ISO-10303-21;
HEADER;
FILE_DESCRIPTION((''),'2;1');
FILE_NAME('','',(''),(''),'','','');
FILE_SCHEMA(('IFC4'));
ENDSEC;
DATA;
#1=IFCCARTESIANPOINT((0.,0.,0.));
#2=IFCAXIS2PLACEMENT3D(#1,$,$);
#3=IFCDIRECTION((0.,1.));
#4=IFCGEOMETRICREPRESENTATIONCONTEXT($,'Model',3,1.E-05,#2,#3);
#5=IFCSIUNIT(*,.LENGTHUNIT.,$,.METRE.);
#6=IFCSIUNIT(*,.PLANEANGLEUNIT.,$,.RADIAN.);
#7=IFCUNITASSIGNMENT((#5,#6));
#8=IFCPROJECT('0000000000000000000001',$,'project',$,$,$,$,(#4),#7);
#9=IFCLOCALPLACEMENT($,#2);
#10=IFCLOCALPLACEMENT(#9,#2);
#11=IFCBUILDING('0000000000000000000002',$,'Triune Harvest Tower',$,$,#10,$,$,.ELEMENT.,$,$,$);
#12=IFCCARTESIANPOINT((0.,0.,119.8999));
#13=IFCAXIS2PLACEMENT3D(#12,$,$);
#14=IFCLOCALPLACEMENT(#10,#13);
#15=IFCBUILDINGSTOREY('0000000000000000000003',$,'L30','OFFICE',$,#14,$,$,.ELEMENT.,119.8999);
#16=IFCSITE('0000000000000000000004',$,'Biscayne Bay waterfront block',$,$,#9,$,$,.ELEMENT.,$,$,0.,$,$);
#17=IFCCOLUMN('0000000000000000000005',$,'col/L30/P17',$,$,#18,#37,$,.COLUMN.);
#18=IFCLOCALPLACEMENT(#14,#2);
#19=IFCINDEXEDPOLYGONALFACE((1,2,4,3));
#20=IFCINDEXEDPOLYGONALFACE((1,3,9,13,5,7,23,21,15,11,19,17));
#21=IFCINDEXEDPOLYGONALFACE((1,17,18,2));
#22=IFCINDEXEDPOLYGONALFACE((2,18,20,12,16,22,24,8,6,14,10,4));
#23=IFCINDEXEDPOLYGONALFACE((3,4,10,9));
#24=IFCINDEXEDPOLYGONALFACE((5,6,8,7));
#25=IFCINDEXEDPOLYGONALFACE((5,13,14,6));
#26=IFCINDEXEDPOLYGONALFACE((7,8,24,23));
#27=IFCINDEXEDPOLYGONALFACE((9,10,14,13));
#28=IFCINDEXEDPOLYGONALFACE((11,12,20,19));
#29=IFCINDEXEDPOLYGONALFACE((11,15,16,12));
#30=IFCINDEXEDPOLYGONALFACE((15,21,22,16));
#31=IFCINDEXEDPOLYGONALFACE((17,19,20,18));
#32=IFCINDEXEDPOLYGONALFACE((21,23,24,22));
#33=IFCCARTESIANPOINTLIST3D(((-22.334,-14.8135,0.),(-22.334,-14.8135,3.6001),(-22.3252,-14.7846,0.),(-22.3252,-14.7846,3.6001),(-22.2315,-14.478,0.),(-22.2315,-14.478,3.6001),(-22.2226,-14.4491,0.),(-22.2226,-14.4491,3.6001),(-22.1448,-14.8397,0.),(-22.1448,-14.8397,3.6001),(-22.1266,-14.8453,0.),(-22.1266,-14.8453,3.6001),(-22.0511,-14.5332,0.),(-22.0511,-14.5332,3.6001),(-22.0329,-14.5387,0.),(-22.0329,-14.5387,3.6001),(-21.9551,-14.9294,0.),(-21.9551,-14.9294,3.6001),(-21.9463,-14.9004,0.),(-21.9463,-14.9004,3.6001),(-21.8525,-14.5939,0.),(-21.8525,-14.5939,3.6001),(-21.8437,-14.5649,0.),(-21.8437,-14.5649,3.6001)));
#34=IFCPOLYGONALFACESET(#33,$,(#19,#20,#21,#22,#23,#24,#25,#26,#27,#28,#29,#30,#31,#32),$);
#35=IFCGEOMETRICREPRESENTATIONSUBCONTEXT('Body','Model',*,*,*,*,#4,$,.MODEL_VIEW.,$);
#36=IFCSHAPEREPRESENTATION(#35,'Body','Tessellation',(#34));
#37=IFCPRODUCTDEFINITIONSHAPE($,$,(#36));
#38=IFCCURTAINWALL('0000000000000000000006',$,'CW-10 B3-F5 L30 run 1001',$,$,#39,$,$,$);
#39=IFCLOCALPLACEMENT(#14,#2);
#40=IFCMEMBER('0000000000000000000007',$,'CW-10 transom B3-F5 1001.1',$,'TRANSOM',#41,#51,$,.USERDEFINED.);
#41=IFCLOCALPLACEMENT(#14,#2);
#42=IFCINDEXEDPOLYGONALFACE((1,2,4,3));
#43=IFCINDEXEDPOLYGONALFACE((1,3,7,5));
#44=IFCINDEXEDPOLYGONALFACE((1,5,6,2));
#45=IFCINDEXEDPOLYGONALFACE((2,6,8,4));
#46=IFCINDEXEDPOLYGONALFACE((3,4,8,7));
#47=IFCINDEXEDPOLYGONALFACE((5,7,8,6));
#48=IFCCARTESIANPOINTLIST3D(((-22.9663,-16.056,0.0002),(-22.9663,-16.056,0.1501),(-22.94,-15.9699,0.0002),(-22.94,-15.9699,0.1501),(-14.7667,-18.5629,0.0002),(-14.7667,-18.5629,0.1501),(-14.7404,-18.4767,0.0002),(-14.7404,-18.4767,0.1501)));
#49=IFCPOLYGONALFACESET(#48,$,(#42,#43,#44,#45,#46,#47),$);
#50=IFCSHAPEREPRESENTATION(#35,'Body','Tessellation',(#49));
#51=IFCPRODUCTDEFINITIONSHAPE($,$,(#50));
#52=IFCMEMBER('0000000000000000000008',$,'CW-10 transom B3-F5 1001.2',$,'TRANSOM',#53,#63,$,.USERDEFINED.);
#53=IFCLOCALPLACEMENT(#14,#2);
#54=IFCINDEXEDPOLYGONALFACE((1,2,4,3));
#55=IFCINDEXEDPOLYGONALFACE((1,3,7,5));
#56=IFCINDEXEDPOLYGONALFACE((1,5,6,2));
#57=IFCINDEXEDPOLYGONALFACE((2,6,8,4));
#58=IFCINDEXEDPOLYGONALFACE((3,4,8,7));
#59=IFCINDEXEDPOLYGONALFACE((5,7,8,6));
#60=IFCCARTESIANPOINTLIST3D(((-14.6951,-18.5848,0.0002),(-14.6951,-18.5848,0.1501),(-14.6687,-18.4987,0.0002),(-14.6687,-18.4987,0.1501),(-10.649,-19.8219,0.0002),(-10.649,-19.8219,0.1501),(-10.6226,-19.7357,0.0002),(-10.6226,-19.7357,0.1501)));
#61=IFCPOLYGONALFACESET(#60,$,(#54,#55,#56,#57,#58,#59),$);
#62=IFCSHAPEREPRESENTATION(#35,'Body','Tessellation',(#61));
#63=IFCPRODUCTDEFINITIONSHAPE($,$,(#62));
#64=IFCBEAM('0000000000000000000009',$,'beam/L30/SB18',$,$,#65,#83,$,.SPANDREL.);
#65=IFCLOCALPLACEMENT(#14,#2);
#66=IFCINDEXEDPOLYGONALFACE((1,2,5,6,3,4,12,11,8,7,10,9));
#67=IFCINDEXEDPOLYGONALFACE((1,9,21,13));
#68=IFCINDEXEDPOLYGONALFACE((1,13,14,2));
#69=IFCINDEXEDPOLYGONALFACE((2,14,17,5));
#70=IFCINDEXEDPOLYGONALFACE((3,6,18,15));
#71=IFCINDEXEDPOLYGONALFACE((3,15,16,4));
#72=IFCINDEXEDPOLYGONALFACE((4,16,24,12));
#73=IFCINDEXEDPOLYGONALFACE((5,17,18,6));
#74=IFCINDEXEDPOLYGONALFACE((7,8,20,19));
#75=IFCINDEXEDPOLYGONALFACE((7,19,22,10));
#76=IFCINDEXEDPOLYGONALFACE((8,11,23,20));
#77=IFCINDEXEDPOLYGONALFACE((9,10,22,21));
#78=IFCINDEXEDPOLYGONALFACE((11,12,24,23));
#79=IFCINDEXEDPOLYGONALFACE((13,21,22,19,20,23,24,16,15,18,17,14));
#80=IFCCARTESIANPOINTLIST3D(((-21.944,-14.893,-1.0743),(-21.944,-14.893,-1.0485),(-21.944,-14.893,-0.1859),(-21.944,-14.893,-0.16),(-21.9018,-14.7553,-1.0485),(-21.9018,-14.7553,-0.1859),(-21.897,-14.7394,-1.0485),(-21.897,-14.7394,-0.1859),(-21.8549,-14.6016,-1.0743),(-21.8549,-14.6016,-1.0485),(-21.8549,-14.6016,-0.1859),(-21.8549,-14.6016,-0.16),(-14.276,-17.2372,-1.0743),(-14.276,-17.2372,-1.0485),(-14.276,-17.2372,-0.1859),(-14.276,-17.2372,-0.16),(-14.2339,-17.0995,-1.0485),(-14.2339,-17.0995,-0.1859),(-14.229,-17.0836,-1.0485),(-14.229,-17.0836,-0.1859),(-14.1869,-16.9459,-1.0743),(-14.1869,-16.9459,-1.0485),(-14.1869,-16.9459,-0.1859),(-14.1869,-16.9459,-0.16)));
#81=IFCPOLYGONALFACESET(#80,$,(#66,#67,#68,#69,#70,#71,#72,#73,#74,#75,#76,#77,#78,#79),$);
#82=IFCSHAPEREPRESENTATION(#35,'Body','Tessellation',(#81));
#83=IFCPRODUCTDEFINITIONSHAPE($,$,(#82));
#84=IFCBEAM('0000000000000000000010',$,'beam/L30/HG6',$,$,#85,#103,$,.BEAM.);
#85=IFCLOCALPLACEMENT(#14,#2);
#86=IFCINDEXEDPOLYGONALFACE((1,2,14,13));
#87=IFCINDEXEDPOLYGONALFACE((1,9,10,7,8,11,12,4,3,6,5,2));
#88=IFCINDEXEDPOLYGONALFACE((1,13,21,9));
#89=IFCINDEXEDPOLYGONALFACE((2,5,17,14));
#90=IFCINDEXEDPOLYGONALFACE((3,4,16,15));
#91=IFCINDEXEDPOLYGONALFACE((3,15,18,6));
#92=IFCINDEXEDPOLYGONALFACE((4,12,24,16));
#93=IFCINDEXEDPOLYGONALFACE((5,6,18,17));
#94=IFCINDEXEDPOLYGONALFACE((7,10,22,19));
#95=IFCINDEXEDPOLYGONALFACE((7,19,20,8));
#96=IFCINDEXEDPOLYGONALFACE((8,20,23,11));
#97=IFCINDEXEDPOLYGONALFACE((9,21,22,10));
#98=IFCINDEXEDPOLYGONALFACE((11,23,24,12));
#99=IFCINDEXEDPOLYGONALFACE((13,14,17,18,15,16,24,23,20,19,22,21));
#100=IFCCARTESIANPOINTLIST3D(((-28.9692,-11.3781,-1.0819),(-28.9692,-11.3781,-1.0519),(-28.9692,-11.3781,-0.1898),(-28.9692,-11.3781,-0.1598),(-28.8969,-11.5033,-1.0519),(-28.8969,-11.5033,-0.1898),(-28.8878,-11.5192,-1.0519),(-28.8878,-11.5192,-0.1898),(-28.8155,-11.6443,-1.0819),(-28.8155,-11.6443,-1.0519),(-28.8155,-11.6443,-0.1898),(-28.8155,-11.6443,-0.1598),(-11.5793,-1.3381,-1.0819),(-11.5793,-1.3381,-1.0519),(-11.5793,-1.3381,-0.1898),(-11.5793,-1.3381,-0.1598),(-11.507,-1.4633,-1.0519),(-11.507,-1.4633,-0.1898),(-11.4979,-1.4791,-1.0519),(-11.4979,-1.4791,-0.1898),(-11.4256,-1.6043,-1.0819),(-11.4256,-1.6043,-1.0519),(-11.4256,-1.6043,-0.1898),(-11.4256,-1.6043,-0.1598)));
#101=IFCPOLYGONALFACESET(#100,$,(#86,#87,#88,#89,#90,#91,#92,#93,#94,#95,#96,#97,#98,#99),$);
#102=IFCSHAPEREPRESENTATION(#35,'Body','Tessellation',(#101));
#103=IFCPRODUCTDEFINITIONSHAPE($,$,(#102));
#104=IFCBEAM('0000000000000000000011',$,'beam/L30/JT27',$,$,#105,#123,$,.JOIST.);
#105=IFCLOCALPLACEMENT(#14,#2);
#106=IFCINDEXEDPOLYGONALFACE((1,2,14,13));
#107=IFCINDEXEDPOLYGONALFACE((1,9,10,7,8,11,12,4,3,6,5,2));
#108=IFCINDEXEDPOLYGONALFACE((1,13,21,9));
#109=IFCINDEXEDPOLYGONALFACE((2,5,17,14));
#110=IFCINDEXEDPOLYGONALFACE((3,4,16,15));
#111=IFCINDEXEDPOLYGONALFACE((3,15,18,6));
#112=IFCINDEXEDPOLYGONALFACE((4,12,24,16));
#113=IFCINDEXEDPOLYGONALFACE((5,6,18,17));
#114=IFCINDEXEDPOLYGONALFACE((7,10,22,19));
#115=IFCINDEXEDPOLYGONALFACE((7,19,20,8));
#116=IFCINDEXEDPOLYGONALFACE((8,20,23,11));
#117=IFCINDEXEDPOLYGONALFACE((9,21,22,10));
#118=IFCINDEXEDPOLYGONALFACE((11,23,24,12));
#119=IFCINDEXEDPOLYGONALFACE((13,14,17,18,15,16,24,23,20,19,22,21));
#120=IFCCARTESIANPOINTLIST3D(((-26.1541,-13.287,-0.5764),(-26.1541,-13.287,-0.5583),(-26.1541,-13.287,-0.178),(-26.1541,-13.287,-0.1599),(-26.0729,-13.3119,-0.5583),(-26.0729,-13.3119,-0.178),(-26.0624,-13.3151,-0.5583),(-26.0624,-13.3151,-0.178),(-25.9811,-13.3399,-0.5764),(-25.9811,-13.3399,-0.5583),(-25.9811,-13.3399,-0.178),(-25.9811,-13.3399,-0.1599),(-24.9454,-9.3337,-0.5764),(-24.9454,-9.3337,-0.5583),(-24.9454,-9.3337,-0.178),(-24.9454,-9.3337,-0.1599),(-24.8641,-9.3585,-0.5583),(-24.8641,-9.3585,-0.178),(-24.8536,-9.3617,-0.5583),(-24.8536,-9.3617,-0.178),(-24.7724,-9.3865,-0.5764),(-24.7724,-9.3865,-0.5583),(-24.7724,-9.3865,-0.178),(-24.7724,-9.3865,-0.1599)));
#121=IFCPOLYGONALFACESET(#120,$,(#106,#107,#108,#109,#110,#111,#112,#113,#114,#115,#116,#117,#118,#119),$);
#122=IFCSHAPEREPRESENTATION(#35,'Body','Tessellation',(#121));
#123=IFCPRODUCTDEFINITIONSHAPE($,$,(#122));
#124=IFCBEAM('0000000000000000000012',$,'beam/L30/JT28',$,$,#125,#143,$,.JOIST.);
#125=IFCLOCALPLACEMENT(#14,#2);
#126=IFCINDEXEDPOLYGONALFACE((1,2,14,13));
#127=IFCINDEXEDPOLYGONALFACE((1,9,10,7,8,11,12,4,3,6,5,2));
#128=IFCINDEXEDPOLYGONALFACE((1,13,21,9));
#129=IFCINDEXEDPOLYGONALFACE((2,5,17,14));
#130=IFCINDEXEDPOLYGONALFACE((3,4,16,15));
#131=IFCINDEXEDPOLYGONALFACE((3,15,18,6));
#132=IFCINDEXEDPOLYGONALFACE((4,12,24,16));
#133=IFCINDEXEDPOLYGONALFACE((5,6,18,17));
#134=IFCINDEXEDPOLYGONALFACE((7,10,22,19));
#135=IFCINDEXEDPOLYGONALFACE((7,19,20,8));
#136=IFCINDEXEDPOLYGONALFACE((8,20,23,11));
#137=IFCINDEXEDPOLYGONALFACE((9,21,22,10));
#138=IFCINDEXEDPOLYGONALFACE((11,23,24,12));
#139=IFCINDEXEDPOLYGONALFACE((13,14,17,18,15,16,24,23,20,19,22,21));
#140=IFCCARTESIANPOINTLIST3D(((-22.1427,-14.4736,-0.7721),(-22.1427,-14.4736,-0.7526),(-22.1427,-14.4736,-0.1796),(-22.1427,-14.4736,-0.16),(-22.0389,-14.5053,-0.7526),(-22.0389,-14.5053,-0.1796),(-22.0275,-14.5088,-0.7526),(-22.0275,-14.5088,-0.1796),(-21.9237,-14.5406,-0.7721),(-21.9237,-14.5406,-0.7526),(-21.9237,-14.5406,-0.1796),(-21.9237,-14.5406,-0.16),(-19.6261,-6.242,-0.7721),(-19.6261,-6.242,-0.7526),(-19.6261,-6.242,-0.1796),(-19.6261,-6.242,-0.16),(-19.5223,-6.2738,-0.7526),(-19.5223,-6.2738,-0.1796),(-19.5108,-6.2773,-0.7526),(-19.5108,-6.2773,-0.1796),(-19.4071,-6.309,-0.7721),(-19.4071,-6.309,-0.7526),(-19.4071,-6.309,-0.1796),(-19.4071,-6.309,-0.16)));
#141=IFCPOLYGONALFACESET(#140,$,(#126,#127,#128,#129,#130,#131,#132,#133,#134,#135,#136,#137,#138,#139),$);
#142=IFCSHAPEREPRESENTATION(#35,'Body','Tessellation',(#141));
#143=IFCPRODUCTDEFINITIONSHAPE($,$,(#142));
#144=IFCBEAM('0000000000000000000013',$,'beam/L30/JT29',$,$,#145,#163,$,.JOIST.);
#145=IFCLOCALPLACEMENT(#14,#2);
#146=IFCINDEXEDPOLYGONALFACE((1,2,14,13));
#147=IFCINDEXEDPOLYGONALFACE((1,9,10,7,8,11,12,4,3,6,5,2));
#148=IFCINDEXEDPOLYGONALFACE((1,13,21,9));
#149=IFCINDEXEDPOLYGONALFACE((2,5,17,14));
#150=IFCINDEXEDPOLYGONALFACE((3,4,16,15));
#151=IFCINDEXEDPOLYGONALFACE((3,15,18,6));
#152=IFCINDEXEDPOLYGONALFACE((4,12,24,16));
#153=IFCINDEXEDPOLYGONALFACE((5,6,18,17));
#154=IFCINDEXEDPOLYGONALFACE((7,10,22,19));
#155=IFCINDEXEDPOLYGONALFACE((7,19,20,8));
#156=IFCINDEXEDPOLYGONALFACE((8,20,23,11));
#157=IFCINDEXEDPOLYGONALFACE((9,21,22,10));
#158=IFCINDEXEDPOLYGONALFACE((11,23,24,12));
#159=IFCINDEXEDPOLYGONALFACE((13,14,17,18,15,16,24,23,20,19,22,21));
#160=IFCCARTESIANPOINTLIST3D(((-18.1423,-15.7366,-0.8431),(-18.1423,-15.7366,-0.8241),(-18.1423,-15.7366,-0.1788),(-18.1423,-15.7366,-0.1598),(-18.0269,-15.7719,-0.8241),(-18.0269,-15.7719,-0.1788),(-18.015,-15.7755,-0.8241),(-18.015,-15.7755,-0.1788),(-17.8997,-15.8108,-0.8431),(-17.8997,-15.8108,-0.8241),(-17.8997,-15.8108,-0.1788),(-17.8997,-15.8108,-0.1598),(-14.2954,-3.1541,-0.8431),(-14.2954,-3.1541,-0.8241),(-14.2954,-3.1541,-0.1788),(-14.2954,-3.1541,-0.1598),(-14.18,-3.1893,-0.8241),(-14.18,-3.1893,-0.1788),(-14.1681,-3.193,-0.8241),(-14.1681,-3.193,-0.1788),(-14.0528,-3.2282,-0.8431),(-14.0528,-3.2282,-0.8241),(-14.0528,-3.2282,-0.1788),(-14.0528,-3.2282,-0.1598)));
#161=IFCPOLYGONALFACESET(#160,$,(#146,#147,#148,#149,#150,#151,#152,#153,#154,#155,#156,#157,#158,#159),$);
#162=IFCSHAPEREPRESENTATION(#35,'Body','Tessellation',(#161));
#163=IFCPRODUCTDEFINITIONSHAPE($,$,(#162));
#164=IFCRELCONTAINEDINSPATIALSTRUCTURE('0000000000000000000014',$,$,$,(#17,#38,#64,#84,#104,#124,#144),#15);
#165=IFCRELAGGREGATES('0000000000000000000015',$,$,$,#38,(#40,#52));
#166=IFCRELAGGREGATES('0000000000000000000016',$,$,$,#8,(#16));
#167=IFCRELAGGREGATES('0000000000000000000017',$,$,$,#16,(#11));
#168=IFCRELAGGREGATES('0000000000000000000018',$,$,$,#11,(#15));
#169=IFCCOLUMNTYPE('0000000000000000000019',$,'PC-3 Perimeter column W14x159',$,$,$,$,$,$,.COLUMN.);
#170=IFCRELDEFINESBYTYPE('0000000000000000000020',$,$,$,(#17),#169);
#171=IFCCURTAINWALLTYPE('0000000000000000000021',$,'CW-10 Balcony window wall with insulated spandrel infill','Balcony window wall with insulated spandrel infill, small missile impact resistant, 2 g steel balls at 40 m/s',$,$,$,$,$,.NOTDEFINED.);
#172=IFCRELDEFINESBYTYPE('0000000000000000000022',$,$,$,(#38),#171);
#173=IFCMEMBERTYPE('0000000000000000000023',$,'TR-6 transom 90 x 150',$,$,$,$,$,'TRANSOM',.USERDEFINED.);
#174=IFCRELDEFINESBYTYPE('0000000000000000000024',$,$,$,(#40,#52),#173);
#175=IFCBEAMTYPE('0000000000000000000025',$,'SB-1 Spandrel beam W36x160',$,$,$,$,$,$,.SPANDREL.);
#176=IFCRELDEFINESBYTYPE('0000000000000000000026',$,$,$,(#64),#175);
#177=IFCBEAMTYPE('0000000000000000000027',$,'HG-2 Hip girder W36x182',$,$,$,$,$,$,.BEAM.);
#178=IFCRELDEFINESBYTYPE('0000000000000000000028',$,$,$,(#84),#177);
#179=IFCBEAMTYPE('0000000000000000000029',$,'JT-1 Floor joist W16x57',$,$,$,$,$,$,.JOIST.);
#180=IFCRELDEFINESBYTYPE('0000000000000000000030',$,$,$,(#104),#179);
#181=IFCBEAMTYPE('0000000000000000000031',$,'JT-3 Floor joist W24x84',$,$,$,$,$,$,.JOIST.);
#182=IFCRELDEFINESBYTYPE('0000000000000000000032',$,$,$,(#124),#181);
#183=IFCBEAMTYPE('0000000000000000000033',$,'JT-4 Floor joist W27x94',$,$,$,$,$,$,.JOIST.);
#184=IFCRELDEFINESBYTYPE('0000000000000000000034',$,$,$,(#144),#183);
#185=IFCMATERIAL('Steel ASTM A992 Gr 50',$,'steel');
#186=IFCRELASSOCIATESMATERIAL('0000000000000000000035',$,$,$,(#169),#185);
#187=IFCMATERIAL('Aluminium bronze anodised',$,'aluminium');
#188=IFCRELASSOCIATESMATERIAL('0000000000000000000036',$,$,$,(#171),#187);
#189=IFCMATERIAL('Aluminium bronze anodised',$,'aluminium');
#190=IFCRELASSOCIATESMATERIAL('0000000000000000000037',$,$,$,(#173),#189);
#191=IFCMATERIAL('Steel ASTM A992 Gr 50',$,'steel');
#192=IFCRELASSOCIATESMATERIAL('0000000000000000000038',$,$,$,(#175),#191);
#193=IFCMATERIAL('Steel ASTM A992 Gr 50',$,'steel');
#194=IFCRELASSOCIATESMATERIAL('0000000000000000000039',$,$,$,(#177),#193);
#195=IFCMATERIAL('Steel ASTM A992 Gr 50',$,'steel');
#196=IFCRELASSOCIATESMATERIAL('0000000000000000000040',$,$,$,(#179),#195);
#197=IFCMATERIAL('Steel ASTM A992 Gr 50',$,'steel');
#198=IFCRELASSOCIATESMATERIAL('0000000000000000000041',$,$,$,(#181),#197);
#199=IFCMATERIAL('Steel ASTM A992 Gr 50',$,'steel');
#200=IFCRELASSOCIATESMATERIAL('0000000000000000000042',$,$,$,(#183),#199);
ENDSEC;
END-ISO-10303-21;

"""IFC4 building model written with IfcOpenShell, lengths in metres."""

from ifc_helpers import new_model, si_unit, direction, frame, origin, origin_2d, place, context, subcontext, project, spatial, rectangle, i_section, extrude, source, transform, mapped, material, material_profile, profile_set, type_object, element, aggregate, save


model = new_model("IFC4")

# Units and contexts
model_context = context("Model", 3, precision=1e-05, world=origin(), true_north=direction((0.0, 1.0)))
body_context = subcontext(model_context, "Body", "Model", "MODEL_VIEW")
ifc_project = project(units=[si_unit("LENGTHUNIT", "METRE"), si_unit("PLANEANGLEUNIT", "RADIAN")], contexts=[model_context])

# Site, building, storey
site_placement = place(None, origin())
site = spatial("IfcSite", under=ifc_project, at=site_placement, Name="Biscayne Bay waterfront block", CompositionType="ELEMENT", RefElevation=0.0)
building_placement = place(site_placement, origin())
building = spatial("IfcBuilding", under=site, at=building_placement, Name="Triune Harvest Tower", CompositionType="ELEMENT")
storey_placement = place(building_placement, frame((0.0, 0.0, 119.8999)))
storey = spatial("IfcBuildingStorey", under=building, at=storey_placement, Name="L30", Description="OFFICE", CompositionType="ELEMENT", Elevation=119.8999)

# Column
ifc_material_1 = material(Name="Steel ASTM A992 Gr 50", Category="steel")
ifc_material_profile_1 = material_profile(ifc_material_1, i_section(OverallWidth=0.3962, OverallDepth=0.3811, WebThickness=0.019, FlangeThickness=0.0303, at=origin_2d()), Name="W14x159")
ifc_profile_set_1 = profile_set([ifc_material_profile_1], Name="Steel ASTM A992 Gr 50")
column_type = type_object("IfcColumnType", Name="PC-3 Perimeter column W14x159", PredefinedType="COLUMN", material=ifc_profile_set_1)
shared_shape_1 = source(origin(), body_context, "Body", "SweptSolid", [
    extrude(i_section(OverallWidth=0.3962, OverallDepth=0.3811, WebThickness=0.019, FlangeThickness=0.0303, at=origin_2d()), origin(), (0.0, 0.0, 1.0), 3.6001),
])
column_placement = place(storey_placement, frame((-22.0889, -14.6892, 0.0), z_axis=(0.0, 0.0, 1.0), x_axis=(0.956305, -0.292372, 0.0)))
element("IfcColumn", 1, at=column_placement, inside=storey, type_object=column_type, Name="col/L30/P17", PredefinedType="COLUMN", context=body_context, shape_type="MappedRepresentation", body=[
    mapped(shared_shape_1, transform((0.0, 0.0, 0.0), scale=1.0)),
])

# Curtain wall, members
ifc_material_2 = material(Name="Aluminium bronze anodised", Category="aluminium")
curtain_wall_type_1 = type_object("IfcCurtainWallType", Name="CW-10 Balcony window wall with insulated spandrel infill", Description="Balcony window wall with insulated spandrel infill, small missile impact resistant, 2 g steel balls at 40 m/s", PredefinedType="NOTDEFINED", material=ifc_material_2)
curtain_wall_1_placement = place(storey_placement, origin())
curtain_wall_1 = element("IfcCurtainWall", 2, at=curtain_wall_1_placement, inside=storey, type_object=curtain_wall_type_1, Name="CW-10 B3-F5 L30 run 1001")
ifc_material_3 = material(Name="Aluminium bronze anodised", Category="aluminium")
ifc_material_profile_2 = material_profile(ifc_material_3, rectangle(XDim=0.0901, YDim=0.1499, at=origin_2d()), Name="TR-6 transom 90 x 150")
ifc_profile_set_2 = profile_set([ifc_material_profile_2], Name="Aluminium bronze anodised")
member_type_1 = type_object("IfcMemberType", Name="TR-6 transom 90 x 150", ElementType="TRANSOM", PredefinedType="USERDEFINED", material=ifc_profile_set_2)
member_1_placement = place(storey_placement, frame((-22.9531, -16.0129, 0.0752), z_axis=(0.956304, -0.292373, 0.0), x_axis=(0.292373, 0.956304, 0.0)))
member_1 = element("IfcMember", 3, at=member_1_placement, type_object=member_type_1, Name="CW-10 transom B3-F5 1001.1", ObjectType="TRANSOM", PredefinedType="USERDEFINED", context=body_context, shape_type="SweptSolid", body=[
    extrude(rectangle(XDim=0.0901, YDim=0.1499, at=origin_2d()), origin(), (0.0, 0.0, 1.0), 8.5742),
])
member_2_placement = place(storey_placement, frame((-14.6819, -18.5417, 0.0752), z_axis=(0.956303, -0.292378, 0.0), x_axis=(0.292378, 0.956303, 0.0)))
member_2 = element("IfcMember", 4, at=member_2_placement, type_object=member_type_1, Name="CW-10 transom B3-F5 1001.2", ObjectType="TRANSOM", PredefinedType="USERDEFINED", context=body_context, shape_type="SweptSolid", body=[
    extrude(rectangle(XDim=0.0901, YDim=0.1499, at=origin_2d()), origin(), (0.0, 0.0, 1.0), 4.231),
])

# Beams
ifc_material_4 = material(Name="Steel ASTM A992 Gr 50", Category="steel")
ifc_material_profile_3 = material_profile(ifc_material_4, i_section(OverallWidth=0.3047, OverallDepth=0.9143, WebThickness=0.0166, FlangeThickness=0.0259, at=origin_2d()), Name="W36x160")
ifc_profile_set_3 = profile_set([ifc_material_profile_3], Name="Steel ASTM A992 Gr 50")
beam_type_1 = type_object("IfcBeamType", Name="SB-1 Spandrel beam W36x160", PredefinedType="SPANDREL", material=ifc_profile_set_3)
shared_shape_2 = source(origin(), body_context, "Body", "SweptSolid", [
    extrude(i_section(OverallWidth=0.3047, OverallDepth=0.9143, WebThickness=0.0166, FlangeThickness=0.0259, at=origin_2d()), origin(), (0.0, 0.0, 1.0), 8.0183),
])
beam_1_placement = place(storey_placement, frame((-21.8994, -14.7473, -0.6172), z_axis=(0.956308, -0.292361, 0.0), x_axis=(0.292361, 0.956308, 0.0)))
element("IfcBeam", 5, at=beam_1_placement, inside=storey, type_object=beam_type_1, Name="beam/L30/SB18", PredefinedType="SPANDREL", context=body_context, shape_type="MappedRepresentation", body=[
    mapped(shared_shape_2, transform((0.0, 0.0, 0.0), scale=1.0)),
])
ifc_material_5 = material(Name="Steel ASTM A992 Gr 50", Category="steel")
ifc_material_profile_4 = material_profile(ifc_material_5, i_section(OverallWidth=0.3074, OverallDepth=0.9221, WebThickness=0.0183, FlangeThickness=0.03, at=origin_2d()), Name="W36x182")
ifc_profile_set_4 = profile_set([ifc_material_profile_4], Name="Steel ASTM A992 Gr 50")
beam_type_2 = type_object("IfcBeamType", Name="HG-2 Hip girder W36x182", PredefinedType="BEAM", material=ifc_profile_set_4)
shared_shape_3 = source(origin(), body_context, "Body", "SweptSolid", [
    extrude(i_section(OverallWidth=0.3074, OverallDepth=0.9221, WebThickness=0.0183, FlangeThickness=0.03, at=origin_2d()), origin(), (0.0, 0.0, 1.0), 20.0801),
])
beam_2_placement = place(storey_placement, frame((-28.8923, -11.5112, -0.6208), z_axis=(0.866026, 0.499999, 0.0), x_axis=(-0.499999, 0.866026, 0.0)))
element("IfcBeam", 6, at=beam_2_placement, inside=storey, type_object=beam_type_2, Name="beam/L30/HG6", PredefinedType="BEAM", context=body_context, shape_type="MappedRepresentation", body=[
    mapped(shared_shape_3, transform((0.0, 0.0, 0.0), scale=1.0)),
])
ifc_material_6 = material(Name="Steel ASTM A992 Gr 50", Category="steel")
ifc_material_profile_5 = material_profile(ifc_material_6, i_section(OverallWidth=0.1809, OverallDepth=0.4165, WebThickness=0.011, FlangeThickness=0.0181, at=origin_2d()), Name="W16x57")
ifc_profile_set_5 = profile_set([ifc_material_profile_5], Name="Steel ASTM A992 Gr 50")
beam_type_3 = type_object("IfcBeamType", Name="JT-1 Floor joist W16x57", PredefinedType="JOIST", material=ifc_profile_set_5)
shared_shape_4 = source(origin(), body_context, "Body", "SweptSolid", [
    extrude(i_section(OverallWidth=0.1809, OverallDepth=0.4165, WebThickness=0.011, FlangeThickness=0.0181, at=origin_2d()), origin(), (0.0, 0.0, 1.0), 4.134),
])
beam_3_placement = place(storey_placement, frame((-26.0676, -13.3135, -0.3682), z_axis=(0.292388, 0.9563, 0.0), x_axis=(-0.9563, 0.292388, 0.0)))
element("IfcBeam", 7, at=beam_3_placement, inside=storey, type_object=beam_type_3, Name="beam/L30/JT27", PredefinedType="JOIST", context=body_context, shape_type="MappedRepresentation", body=[
    mapped(shared_shape_4, transform((0.0, 0.0, 0.0), scale=1.0)),
])
ifc_material_7 = material(Name="Steel ASTM A992 Gr 50", Category="steel")
ifc_material_profile_6 = material_profile(ifc_material_7, i_section(OverallWidth=0.229, OverallDepth=0.6121, WebThickness=0.012, FlangeThickness=0.0195, at=origin_2d()), Name="W24x84")
ifc_profile_set_6 = profile_set([ifc_material_profile_6], Name="Steel ASTM A992 Gr 50")
beam_type_4 = type_object("IfcBeamType", Name="JT-3 Floor joist W24x84", PredefinedType="JOIST", material=ifc_profile_set_6)
shared_shape_5 = source(origin(), body_context, "Body", "SweptSolid", [
    extrude(i_section(OverallWidth=0.229, OverallDepth=0.6121, WebThickness=0.012, FlangeThickness=0.0195, at=origin_2d()), origin(), (0.0, 0.0, 1.0), 8.6077),
])
beam_4_placement = place(storey_placement, frame((-22.0332, -14.5071, -0.4661), z_axis=(0.292371, 0.956305, 0.0), x_axis=(-0.956305, 0.292371, 0.0)))
element("IfcBeam", 8, at=beam_4_placement, inside=storey, type_object=beam_type_4, Name="beam/L30/JT28", PredefinedType="JOIST", context=body_context, shape_type="MappedRepresentation", body=[
    mapped(shared_shape_5, transform((0.0, 0.0, 0.0), scale=1.0)),
])
ifc_material_8 = material(Name="Steel ASTM A992 Gr 50", Category="steel")
ifc_material_profile_7 = material_profile(ifc_material_8, i_section(OverallWidth=0.2537, OverallDepth=0.6833, WebThickness=0.0125, FlangeThickness=0.019, at=origin_2d()), Name="W27x94")
ifc_profile_set_7 = profile_set([ifc_material_profile_7], Name="Steel ASTM A992 Gr 50")
beam_type_5 = type_object("IfcBeamType", Name="JT-4 Floor joist W27x94", PredefinedType="JOIST", material=ifc_profile_set_7)
shared_shape_6 = source(origin(), body_context, "Body", "SweptSolid", [
    extrude(i_section(OverallWidth=0.2537, OverallDepth=0.6833, WebThickness=0.0125, FlangeThickness=0.019, at=origin_2d()), origin(), (0.0, 0.0, 1.0), 13.1575),
])
beam_5_placement = place(storey_placement, frame((-18.021, -15.7737, -0.5015), z_axis=(0.292376, 0.956303, 0.0), x_axis=(-0.956303, 0.292376, 0.0)))
element("IfcBeam", 9, at=beam_5_placement, inside=storey, type_object=beam_type_5, Name="beam/L30/JT29", PredefinedType="JOIST", context=body_context, shape_type="MappedRepresentation", body=[
    mapped(shared_shape_6, transform((0.0, 0.0, 0.0), scale=1.0)),
])

aggregate(curtain_wall_1, [member_1, member_2])

save(model, "model.ifc")
